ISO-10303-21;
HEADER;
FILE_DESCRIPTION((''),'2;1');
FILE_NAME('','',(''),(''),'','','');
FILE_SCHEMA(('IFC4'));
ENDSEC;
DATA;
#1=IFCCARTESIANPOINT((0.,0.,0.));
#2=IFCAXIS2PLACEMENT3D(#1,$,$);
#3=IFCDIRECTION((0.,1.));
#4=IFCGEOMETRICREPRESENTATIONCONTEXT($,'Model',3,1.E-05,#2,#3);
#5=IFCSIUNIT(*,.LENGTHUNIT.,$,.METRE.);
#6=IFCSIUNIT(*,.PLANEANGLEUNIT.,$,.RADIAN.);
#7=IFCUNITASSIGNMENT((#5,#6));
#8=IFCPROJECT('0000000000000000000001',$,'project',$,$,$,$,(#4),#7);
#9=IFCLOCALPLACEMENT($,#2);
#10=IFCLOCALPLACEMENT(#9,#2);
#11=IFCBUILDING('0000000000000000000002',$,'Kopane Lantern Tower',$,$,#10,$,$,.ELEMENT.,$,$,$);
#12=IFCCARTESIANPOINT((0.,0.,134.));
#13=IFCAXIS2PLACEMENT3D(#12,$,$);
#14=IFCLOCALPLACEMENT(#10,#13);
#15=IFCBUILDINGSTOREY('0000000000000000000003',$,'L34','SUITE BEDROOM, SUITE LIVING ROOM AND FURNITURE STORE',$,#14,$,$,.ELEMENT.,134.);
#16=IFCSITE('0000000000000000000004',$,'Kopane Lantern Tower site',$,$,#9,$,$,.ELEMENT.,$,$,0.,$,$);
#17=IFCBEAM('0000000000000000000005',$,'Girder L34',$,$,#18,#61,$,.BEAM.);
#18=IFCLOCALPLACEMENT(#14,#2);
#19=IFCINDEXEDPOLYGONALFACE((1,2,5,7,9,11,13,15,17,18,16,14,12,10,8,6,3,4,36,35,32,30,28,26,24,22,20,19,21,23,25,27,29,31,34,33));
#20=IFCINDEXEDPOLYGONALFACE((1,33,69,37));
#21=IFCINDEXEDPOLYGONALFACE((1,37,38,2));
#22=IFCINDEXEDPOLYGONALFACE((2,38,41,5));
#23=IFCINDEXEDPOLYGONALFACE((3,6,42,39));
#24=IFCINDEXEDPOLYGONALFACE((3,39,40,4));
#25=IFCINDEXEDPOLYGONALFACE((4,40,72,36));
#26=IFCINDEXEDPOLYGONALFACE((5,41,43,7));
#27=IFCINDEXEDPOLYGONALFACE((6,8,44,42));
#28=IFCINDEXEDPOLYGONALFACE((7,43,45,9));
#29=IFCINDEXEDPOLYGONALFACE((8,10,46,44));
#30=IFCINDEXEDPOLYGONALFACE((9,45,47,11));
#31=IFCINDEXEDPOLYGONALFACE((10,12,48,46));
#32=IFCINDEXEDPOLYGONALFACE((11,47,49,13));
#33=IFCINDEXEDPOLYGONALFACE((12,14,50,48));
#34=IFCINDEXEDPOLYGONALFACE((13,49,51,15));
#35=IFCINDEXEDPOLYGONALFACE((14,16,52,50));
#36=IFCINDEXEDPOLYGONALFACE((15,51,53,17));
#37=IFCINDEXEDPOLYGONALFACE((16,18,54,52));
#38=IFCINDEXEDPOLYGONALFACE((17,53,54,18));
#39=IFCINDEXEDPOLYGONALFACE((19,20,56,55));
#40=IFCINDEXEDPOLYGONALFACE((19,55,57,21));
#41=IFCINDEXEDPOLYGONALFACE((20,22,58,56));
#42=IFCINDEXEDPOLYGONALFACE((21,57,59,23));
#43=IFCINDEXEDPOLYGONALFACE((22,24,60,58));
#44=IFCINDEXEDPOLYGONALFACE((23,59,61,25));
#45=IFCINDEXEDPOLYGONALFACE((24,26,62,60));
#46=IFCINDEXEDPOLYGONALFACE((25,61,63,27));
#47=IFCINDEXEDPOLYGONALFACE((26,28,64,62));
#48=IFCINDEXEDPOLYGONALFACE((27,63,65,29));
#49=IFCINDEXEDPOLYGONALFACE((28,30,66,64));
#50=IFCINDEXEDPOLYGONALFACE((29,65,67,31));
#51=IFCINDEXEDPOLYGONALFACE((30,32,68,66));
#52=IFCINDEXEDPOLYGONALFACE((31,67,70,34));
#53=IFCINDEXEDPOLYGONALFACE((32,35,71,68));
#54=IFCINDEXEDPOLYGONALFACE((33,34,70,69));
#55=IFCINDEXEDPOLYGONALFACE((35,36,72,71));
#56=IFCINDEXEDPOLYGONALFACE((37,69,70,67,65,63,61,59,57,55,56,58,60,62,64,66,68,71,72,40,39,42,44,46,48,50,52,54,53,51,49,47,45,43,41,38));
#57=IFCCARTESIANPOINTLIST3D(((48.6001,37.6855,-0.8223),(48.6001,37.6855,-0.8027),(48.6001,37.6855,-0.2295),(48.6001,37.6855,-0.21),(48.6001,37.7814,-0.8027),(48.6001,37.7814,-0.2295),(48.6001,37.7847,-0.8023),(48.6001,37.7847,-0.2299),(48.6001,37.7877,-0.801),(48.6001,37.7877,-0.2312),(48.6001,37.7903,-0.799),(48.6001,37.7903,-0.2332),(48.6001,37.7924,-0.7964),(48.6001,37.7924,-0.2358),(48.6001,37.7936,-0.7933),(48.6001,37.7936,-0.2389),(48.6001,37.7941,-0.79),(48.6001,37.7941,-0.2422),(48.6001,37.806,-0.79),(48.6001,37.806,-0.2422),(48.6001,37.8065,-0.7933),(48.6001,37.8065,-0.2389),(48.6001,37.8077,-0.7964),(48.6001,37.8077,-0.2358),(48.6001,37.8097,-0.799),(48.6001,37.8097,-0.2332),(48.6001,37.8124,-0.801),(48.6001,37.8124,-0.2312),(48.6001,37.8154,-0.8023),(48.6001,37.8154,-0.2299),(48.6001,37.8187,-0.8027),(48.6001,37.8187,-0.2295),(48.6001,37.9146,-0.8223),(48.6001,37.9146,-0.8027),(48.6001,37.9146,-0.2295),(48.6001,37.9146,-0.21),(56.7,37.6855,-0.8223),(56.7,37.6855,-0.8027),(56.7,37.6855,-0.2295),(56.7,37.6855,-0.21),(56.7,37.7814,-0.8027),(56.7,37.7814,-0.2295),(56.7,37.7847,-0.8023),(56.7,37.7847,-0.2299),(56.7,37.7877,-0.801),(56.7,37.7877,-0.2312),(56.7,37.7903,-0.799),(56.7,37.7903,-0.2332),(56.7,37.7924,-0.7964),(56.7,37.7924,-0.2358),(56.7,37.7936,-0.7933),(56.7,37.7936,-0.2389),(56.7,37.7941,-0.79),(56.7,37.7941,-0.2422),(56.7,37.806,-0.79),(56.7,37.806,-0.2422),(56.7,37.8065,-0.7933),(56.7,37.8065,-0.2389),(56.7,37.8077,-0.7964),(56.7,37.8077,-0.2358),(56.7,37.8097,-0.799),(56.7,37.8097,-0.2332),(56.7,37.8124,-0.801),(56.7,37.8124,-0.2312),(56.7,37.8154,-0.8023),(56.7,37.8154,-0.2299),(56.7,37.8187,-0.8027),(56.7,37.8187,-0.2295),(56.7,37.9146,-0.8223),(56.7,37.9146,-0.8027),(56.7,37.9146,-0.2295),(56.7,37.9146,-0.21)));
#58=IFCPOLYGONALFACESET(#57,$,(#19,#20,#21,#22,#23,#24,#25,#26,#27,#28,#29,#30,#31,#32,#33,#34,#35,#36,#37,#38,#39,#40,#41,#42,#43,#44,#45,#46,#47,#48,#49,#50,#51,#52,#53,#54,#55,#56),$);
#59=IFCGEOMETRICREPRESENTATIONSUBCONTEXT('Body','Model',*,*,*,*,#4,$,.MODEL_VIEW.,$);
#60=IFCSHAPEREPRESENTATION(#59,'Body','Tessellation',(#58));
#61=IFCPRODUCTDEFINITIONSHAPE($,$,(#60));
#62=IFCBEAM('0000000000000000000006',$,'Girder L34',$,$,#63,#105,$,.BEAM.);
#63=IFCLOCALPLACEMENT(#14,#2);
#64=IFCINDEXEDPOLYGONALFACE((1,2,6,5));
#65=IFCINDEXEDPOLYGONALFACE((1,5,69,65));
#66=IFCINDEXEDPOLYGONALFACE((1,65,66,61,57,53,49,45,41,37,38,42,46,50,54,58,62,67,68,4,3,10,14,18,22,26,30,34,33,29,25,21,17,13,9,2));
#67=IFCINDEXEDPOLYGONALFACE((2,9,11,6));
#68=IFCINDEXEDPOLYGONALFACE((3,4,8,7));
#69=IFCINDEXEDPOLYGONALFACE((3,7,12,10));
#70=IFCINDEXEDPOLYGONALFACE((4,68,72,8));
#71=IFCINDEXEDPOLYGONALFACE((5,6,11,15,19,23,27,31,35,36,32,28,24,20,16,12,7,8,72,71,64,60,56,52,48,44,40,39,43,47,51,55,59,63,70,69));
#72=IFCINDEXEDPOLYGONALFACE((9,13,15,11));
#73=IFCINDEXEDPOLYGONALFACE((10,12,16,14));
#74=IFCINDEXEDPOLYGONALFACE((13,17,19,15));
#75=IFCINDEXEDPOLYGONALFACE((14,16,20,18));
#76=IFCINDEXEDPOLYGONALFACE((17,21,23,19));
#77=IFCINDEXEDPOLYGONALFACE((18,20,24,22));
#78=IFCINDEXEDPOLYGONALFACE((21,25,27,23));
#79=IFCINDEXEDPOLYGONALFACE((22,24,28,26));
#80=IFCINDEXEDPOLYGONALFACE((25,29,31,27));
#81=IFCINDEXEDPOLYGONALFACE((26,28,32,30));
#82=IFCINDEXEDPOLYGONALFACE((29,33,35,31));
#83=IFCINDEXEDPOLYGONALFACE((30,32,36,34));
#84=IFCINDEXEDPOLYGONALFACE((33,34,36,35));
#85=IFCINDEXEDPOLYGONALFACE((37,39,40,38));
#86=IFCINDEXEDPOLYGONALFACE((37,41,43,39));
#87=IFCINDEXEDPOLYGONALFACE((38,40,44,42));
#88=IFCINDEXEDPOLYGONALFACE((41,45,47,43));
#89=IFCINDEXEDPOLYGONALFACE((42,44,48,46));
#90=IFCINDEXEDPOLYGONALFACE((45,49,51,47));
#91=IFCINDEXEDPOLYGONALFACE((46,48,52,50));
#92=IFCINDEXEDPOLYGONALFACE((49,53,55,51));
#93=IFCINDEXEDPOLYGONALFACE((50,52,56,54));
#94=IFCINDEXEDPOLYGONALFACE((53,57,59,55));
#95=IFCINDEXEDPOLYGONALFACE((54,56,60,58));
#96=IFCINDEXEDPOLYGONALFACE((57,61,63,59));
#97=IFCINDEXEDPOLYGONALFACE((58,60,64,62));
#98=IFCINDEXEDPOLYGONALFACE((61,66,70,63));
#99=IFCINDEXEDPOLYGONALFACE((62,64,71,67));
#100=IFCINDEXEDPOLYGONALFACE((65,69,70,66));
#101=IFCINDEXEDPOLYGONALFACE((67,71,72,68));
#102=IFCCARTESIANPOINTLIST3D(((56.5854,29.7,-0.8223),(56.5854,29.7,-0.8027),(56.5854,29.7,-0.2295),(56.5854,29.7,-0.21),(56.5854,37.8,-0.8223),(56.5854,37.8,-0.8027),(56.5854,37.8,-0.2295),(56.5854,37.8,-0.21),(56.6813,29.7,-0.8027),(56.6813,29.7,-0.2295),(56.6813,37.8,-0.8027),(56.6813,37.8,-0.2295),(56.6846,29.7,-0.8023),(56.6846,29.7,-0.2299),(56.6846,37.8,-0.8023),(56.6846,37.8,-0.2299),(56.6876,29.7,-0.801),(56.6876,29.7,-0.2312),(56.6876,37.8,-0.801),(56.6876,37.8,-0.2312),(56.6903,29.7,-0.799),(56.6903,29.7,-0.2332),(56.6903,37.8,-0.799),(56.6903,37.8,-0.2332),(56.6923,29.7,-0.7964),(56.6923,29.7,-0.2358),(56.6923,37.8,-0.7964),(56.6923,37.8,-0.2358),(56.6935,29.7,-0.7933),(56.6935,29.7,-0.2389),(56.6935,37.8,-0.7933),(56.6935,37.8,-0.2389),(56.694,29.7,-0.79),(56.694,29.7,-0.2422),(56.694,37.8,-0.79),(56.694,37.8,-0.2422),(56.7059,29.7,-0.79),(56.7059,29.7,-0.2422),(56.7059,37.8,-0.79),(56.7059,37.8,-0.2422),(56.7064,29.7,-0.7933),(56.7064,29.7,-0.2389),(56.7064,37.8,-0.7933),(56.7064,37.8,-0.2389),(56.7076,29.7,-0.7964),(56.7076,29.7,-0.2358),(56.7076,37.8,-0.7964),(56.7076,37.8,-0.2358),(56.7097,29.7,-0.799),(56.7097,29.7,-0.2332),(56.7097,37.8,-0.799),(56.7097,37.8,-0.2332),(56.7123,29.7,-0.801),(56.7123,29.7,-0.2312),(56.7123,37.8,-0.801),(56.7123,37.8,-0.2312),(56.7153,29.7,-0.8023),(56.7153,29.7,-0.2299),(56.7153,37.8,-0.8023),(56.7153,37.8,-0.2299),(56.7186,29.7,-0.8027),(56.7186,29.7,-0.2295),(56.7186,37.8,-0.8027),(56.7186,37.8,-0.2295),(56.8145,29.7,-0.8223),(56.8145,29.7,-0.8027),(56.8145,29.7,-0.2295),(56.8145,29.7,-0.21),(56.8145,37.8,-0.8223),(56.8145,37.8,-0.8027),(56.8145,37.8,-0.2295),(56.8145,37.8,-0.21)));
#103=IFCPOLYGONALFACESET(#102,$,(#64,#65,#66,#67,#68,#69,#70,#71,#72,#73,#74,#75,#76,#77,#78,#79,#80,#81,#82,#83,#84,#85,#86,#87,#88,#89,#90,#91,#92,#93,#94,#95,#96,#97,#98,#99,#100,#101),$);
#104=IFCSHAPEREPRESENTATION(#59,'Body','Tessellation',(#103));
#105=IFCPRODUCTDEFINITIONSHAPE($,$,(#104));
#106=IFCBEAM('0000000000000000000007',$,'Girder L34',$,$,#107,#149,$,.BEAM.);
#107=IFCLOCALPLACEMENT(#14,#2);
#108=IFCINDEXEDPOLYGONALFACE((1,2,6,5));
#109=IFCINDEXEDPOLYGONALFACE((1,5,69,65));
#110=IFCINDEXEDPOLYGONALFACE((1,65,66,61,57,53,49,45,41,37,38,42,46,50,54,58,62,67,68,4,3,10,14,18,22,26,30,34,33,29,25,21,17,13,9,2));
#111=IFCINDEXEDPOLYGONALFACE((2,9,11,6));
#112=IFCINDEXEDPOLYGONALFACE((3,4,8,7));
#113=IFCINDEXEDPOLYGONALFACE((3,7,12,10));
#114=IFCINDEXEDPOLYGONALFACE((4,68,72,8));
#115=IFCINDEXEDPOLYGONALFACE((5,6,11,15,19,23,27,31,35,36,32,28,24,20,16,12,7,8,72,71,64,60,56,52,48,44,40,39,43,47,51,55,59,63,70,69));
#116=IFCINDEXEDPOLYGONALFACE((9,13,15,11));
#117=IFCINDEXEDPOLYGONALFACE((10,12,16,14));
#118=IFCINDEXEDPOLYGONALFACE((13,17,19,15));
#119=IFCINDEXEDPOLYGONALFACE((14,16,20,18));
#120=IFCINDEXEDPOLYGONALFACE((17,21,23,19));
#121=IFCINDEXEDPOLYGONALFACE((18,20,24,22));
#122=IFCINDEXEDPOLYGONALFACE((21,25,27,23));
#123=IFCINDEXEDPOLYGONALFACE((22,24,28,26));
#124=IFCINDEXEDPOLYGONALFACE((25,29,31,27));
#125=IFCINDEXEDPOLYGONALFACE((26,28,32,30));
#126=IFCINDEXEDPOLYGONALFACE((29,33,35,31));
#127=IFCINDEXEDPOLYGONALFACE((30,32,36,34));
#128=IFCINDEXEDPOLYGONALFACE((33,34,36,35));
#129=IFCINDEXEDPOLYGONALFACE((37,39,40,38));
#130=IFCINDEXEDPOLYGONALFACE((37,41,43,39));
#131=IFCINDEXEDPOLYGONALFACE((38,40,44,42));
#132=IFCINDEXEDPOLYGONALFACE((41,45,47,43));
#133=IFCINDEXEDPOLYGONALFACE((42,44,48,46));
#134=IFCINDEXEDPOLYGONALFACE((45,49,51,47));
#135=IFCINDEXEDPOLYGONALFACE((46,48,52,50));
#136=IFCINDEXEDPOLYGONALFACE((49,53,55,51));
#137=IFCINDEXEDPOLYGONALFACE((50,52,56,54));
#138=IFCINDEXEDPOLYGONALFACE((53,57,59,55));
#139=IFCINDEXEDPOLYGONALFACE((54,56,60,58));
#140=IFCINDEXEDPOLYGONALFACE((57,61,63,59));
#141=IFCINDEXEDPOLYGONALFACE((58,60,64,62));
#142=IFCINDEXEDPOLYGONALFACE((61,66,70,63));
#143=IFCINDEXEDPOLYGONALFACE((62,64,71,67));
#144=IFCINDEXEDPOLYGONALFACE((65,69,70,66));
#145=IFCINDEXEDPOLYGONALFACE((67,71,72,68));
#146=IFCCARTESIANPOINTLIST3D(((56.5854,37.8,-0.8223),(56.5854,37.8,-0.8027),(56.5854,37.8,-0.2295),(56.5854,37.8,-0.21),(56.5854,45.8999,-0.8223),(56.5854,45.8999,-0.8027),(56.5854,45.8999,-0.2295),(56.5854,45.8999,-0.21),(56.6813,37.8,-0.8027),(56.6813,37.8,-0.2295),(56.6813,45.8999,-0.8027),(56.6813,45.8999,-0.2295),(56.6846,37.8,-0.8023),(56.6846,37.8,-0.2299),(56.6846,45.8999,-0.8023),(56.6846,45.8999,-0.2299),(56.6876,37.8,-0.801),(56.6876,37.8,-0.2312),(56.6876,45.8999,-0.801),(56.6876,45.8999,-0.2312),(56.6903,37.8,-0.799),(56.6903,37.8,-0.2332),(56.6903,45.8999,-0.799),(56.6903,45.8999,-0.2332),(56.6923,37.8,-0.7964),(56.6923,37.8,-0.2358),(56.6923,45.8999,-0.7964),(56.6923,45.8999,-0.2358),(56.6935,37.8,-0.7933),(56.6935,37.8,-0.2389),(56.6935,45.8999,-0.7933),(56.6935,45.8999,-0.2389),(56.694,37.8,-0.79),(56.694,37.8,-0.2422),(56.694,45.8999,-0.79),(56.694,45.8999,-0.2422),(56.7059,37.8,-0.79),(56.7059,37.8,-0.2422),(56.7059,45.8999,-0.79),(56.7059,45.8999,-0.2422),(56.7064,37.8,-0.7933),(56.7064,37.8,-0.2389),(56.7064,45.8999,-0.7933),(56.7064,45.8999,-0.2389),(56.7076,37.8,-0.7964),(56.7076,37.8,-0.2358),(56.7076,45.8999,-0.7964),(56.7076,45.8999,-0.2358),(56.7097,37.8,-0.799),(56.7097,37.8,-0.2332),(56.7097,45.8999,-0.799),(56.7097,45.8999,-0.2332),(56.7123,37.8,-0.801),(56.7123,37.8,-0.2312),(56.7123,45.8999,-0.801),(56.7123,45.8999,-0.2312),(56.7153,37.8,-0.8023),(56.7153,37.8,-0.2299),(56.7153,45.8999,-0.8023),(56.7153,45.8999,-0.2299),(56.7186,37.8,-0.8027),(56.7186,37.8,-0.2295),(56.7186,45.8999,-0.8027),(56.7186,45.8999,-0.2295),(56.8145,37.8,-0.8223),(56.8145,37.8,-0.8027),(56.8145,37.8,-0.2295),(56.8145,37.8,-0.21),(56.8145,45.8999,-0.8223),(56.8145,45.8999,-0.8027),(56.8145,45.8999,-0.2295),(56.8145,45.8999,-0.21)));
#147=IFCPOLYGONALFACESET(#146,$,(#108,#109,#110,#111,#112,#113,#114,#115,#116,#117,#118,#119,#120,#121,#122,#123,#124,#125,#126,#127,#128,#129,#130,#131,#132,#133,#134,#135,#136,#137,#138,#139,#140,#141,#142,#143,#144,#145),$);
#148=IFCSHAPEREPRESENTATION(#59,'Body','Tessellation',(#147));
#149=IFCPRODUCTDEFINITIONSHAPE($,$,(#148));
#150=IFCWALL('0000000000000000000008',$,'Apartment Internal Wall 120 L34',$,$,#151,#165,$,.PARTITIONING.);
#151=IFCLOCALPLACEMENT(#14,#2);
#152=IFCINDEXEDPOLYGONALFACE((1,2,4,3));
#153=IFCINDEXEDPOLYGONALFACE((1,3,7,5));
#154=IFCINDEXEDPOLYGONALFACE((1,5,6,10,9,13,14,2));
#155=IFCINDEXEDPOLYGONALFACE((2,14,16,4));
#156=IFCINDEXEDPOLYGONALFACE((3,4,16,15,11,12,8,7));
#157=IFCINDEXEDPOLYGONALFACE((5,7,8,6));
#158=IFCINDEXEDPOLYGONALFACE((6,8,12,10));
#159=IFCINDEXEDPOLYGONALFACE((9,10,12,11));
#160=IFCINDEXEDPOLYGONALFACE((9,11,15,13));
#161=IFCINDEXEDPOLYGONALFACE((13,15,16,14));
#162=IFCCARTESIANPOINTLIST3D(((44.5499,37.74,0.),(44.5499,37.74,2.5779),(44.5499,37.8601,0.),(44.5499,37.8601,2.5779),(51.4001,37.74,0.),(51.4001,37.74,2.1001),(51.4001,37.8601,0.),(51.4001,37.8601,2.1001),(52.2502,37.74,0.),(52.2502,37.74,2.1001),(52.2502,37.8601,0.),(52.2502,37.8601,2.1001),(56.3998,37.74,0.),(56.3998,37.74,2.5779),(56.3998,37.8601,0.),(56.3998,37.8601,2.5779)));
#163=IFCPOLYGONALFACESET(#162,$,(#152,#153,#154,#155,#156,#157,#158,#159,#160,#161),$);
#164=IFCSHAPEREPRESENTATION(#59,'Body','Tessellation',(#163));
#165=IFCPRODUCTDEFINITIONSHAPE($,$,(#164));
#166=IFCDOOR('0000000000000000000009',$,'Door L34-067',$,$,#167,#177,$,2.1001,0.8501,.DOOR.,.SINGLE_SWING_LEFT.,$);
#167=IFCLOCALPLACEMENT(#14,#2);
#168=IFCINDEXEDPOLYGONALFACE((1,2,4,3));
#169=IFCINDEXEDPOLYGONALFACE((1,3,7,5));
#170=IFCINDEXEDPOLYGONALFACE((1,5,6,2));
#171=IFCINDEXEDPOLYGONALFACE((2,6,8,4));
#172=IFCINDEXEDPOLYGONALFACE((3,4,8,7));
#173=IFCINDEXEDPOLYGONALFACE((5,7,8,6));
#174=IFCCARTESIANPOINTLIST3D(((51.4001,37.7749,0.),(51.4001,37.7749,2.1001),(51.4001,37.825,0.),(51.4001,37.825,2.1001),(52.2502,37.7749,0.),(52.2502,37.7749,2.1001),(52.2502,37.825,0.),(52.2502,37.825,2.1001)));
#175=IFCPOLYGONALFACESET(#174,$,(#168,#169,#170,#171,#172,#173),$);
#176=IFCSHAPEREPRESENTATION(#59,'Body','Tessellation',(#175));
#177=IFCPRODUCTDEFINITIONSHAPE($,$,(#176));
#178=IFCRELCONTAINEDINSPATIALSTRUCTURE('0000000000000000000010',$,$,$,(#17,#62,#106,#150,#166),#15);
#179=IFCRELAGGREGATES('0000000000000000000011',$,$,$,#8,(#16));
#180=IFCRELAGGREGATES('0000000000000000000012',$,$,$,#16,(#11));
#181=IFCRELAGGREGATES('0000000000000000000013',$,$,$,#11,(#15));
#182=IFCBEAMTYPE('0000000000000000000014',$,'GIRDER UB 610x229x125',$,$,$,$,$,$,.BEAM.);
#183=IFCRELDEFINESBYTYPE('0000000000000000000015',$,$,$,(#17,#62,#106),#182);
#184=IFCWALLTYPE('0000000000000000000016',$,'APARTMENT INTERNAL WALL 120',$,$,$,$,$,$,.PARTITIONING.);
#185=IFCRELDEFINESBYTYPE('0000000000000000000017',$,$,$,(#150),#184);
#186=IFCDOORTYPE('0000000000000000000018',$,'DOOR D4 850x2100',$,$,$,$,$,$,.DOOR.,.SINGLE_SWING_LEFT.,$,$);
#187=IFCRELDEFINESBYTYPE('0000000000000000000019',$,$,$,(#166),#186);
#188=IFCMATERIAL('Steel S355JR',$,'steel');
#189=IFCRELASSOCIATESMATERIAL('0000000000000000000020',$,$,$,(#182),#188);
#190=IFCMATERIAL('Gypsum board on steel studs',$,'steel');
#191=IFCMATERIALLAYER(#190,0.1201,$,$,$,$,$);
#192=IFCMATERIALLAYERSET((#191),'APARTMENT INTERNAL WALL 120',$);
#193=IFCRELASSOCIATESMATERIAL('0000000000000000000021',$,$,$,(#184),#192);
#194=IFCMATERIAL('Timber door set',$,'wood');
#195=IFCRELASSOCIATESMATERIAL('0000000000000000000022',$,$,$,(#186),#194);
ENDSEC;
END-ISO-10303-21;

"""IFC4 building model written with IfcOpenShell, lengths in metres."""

from ifc_helpers import new_model, si_unit, direction, frame, frame_2d, origin, origin_2d, place, context, subcontext, project, spatial, rectangle, i_section, extrude, material, layer, layer_set, material_profile, profile_set, type_object, element, fill, save


model = new_model("IFC4")

# Units and contexts
model_context = context("Model", 3, precision=1e-05, world=origin(), true_north=direction((0.0, 1.0)))
body_context = subcontext(model_context, "Body", "Model", "MODEL_VIEW")
ifc_project = project(units=[si_unit("LENGTHUNIT", "METRE"), si_unit("PLANEANGLEUNIT", "RADIAN")], contexts=[model_context])

# Site, building, storey
site_placement = place(None, origin())
site = spatial("IfcSite", under=ifc_project, at=site_placement, Name="Kopane Lantern Tower site", CompositionType="ELEMENT", RefElevation=0.0)
building_placement = place(site_placement, origin())
building = spatial("IfcBuilding", under=site, at=building_placement, Name="Kopane Lantern Tower", CompositionType="ELEMENT")
storey_placement = place(building_placement, frame((0.0, 0.0, 134.0)))
storey = spatial("IfcBuildingStorey", under=building, at=storey_placement, Name="L34", Description="SUITE BEDROOM, SUITE LIVING ROOM AND FURNITURE STORE", CompositionType="ELEMENT", Elevation=134.0)

# Beams
ifc_material_1 = material(Name="Steel S355JR", Category="steel")
ifc_material_profile_1 = material_profile(ifc_material_1, i_section(OverallWidth=0.229, OverallDepth=0.6123, WebThickness=0.012, FlangeThickness=0.0195, FilletRadius=0.0127, at=origin_2d()), Name="UB 610x229x125")
ifc_profile_set_1 = profile_set([ifc_material_profile_1], Name="Steel S355JR")
beam_type = type_object("IfcBeamType", Name="GIRDER UB 610x229x125", PredefinedType="BEAM", material=ifc_profile_set_1)
for number, where, z_axis, x_axis, name in (
    (1, (48.6001, 37.8, -0.5161), (1.0, 0.0, 0.0), (0.0, 1.0, 0.0), "Girder L34"),
):
    element("IfcBeam", number, at=place(storey_placement, frame(where, z_axis=z_axis, x_axis=x_axis)), inside=storey, type_object=beam_type, Name=name, PredefinedType="BEAM", context=body_context, shape_type="SweptSolid", body=[
        extrude(i_section(OverallWidth=0.229, OverallDepth=0.6123, WebThickness=0.012, FlangeThickness=0.0195, FilletRadius=0.0127, at=origin_2d()), origin(), (0.0, 0.0, 1.0), 8.0999),
    ])
beam_1_placement = place(storey_placement, frame((56.7, 29.7, -0.5161), z_axis=(0.0, 1.0, 0.0), x_axis=(-1.0, 0.0, 0.0)))
element("IfcBeam", 2, at=beam_1_placement, inside=storey, type_object=beam_type, Name="Girder L34", PredefinedType="BEAM", context=body_context, shape_type="SweptSolid", body=[
    extrude(i_section(OverallWidth=0.229, OverallDepth=0.6123, WebThickness=0.012, FlangeThickness=0.0195, FilletRadius=0.0127, at=origin_2d()), origin(), (0.0, 0.0, 1.0), 8.1001),
])
beam_2_placement = place(storey_placement, frame((56.7, 37.8, -0.5161), z_axis=(0.0, 1.0, 0.0), x_axis=(-1.0, 0.0, 0.0)))
element("IfcBeam", 3, at=beam_2_placement, inside=storey, type_object=beam_type, Name="Girder L34", PredefinedType="BEAM", context=body_context, shape_type="SweptSolid", body=[
    extrude(i_section(OverallWidth=0.229, OverallDepth=0.6123, WebThickness=0.012, FlangeThickness=0.0195, FilletRadius=0.0127, at=origin_2d()), origin(), (0.0, 0.0, 1.0), 8.0999),
])

# Wall, opening, door
ifc_material_2 = material(Name="Gypsum board on steel studs", Category="steel")
ifc_layer_1 = layer(ifc_material_2, 0.1201)
ifc_layer_set_1 = layer_set([ifc_layer_1], Name="APARTMENT INTERNAL WALL 120")
wall_type_1 = type_object("IfcWallType", Name="APARTMENT INTERNAL WALL 120", PredefinedType="PARTITIONING", material=ifc_layer_set_1)
wall_1_placement = place(storey_placement, frame((44.55, 37.8, 0.0), z_axis=(0.0, 0.0, 1.0), x_axis=(1.0, 0.0, 0.0)))
wall_1 = element("IfcWall", 4, at=wall_1_placement, inside=storey, type_object=wall_type_1, Name="Apartment Internal Wall 120 L34", PredefinedType="PARTITIONING", context=body_context, shape_type="SweptSolid", body=[
    extrude(rectangle(XDim=11.8499, YDim=0.1201, at=frame_2d((5.9248, 0.0))), origin(), (0.0, 0.0, 1.0), 2.5779),
])
opening_1_placement = place(wall_1_placement, frame((6.8501, 0.0, 0.0)))
opening_1 = element("IfcOpeningElement", 5, at=opening_1_placement, cuts=wall_1, PredefinedType="OPENING", context=body_context, shape_type="SweptSolid", body=[
    extrude(rectangle(XDim=0.8501, YDim=2.1001, at=frame_2d((0.425, 1.05))), frame((0.0, 0.0701, 0.0), z_axis=(0.0, -1.0, 0.0), x_axis=(1.0, 0.0, 0.0)), (0.0, 0.0, 1.0), 0.1401),
])
ifc_material_3 = material(Name="Timber door set", Category="wood")
door_type_1 = type_object("IfcDoorType", Name="DOOR D4 850x2100", OperationType="SINGLE_SWING_LEFT", PredefinedType="DOOR", material=ifc_material_3)
door_1_placement = place(opening_1_placement, origin())
door_1 = element("IfcDoor", 6, at=door_1_placement, inside=storey, type_object=door_type_1, Name="Door L34-067", OperationType="SINGLE_SWING_LEFT", OverallHeight=2.1001, OverallWidth=0.8501, PredefinedType="DOOR", context=body_context, shape_type="SweptSolid", body=[
    extrude(rectangle(XDim=0.8501, YDim=2.1001, at=frame_2d((0.425, 1.05))), frame((0.0, 0.0249, 0.0), z_axis=(0.0, -1.0, 0.0), x_axis=(1.0, 0.0, 0.0)), (0.0, 0.0, 1.0), 0.05),
])
fill(opening_1, door_1)

save(model, "model.ifc")
